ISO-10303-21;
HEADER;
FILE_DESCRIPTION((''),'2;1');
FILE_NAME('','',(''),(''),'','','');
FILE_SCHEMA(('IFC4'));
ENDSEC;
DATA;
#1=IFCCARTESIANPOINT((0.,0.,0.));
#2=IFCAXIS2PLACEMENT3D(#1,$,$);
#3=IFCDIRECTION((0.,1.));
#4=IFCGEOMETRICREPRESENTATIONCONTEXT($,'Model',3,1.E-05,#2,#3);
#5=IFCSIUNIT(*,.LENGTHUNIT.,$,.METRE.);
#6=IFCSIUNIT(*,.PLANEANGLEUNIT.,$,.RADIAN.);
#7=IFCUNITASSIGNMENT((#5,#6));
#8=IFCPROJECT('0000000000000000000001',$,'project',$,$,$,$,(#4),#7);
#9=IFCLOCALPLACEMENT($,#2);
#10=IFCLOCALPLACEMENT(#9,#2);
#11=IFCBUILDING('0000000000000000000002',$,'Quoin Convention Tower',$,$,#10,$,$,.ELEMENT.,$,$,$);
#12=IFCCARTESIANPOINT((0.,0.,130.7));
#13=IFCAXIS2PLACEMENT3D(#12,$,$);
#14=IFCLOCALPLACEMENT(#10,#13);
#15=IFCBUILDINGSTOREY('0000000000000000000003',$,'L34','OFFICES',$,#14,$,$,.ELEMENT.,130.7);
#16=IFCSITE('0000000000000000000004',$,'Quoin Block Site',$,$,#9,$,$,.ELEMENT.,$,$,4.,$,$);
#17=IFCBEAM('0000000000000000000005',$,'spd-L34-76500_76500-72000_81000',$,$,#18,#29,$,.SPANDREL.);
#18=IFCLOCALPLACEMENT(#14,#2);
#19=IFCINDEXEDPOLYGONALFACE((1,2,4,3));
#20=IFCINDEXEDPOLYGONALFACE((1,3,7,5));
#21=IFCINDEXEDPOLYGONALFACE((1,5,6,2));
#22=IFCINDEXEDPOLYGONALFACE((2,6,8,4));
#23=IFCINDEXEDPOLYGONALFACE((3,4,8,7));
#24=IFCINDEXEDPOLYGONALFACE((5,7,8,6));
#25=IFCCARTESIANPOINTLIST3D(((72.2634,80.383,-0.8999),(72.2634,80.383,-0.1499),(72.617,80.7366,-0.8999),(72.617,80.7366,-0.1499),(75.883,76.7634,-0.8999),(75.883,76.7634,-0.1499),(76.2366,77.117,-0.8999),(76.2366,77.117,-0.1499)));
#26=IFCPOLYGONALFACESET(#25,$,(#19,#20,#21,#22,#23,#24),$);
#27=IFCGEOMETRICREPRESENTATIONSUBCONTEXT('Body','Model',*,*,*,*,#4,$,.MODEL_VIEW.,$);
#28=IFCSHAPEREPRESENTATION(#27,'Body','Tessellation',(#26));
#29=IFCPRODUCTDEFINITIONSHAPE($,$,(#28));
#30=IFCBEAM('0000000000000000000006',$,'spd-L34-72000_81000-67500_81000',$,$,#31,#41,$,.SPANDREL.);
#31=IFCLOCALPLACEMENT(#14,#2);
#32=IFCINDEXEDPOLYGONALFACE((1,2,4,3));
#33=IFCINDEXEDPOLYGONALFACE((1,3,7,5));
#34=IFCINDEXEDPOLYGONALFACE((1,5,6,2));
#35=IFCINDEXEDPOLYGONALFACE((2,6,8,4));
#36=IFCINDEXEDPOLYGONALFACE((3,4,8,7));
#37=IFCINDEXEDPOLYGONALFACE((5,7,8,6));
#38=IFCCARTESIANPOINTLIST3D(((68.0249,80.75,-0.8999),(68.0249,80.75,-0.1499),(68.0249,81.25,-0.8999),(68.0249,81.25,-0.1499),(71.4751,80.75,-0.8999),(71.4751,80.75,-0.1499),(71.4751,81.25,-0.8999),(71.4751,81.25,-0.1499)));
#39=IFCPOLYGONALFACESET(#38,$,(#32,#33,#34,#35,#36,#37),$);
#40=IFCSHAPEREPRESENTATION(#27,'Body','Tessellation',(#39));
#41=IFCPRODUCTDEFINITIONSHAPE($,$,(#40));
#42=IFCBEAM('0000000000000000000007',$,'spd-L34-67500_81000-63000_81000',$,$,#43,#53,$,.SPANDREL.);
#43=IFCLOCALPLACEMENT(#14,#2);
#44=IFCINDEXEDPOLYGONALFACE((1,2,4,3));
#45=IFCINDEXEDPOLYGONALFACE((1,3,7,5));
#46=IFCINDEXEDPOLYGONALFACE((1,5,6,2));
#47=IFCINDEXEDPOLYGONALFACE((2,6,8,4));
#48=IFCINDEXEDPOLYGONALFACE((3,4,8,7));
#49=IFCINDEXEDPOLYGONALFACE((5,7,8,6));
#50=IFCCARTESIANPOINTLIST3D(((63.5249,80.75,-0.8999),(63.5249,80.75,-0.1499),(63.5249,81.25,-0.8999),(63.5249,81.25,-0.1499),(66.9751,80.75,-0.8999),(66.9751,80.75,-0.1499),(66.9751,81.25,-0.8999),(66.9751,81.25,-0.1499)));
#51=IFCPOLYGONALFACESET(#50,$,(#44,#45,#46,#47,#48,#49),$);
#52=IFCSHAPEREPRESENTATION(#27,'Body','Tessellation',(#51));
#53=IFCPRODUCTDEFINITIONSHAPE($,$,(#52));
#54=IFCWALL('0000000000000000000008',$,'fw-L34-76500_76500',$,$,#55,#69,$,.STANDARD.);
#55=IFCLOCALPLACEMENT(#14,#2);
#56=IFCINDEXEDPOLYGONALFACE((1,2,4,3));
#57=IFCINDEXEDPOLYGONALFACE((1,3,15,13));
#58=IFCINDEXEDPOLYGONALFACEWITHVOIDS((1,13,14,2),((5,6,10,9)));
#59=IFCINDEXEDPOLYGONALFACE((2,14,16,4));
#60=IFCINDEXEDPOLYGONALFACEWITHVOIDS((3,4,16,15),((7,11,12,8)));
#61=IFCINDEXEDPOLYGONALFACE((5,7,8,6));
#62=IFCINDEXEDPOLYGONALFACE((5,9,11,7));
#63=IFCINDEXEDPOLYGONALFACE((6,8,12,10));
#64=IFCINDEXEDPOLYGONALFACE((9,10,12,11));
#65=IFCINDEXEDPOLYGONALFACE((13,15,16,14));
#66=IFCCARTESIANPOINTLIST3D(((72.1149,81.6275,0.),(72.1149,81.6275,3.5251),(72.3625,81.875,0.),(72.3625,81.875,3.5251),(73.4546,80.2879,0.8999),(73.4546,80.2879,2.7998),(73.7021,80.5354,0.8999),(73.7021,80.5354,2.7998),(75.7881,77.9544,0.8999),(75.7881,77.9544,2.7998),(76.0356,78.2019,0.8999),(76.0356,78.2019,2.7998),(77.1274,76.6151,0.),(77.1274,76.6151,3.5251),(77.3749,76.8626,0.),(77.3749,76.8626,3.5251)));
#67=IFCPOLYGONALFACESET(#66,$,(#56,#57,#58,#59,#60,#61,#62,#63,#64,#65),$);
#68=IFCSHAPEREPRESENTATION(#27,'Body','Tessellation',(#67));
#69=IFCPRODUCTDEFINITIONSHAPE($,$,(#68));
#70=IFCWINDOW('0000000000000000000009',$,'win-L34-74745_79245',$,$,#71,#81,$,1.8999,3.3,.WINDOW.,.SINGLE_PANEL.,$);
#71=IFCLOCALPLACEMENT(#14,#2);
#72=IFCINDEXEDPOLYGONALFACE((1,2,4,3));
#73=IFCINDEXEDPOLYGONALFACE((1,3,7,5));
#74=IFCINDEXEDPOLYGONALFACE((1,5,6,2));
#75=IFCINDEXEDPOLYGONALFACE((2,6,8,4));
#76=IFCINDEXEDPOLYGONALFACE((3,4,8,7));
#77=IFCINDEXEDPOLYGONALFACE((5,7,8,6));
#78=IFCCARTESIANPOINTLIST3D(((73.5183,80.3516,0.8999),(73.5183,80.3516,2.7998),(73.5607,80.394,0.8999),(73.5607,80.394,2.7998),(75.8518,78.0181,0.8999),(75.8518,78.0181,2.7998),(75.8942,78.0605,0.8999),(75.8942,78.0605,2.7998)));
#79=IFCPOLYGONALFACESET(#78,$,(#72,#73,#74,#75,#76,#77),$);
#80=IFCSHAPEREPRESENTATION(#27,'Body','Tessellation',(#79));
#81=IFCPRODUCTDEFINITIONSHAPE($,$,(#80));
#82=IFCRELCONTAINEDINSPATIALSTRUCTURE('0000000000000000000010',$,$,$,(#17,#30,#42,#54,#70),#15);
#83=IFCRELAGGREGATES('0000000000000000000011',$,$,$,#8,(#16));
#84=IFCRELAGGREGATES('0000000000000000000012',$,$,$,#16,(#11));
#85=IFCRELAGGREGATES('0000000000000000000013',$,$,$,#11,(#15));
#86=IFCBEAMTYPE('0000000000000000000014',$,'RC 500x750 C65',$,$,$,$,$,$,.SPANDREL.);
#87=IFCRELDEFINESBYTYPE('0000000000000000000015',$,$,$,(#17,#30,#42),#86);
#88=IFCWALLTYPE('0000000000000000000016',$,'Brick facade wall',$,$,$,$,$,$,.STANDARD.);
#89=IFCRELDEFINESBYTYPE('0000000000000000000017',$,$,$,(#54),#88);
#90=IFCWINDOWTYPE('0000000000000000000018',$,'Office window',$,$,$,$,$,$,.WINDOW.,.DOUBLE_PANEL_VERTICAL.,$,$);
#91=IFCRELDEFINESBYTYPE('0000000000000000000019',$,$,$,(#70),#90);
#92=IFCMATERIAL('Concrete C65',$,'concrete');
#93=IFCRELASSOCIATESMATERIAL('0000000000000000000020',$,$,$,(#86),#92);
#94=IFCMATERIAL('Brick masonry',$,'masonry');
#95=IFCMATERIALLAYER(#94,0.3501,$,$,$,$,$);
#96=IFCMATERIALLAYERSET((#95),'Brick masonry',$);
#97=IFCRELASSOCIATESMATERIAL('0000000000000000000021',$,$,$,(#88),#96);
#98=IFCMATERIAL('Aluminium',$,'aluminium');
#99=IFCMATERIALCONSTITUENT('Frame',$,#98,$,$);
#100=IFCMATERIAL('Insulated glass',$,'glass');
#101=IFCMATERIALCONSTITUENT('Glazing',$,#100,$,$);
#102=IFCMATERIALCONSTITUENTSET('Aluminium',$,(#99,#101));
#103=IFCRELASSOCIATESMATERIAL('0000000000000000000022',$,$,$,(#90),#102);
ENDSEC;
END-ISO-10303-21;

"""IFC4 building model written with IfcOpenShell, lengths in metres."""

from ifc_helpers import new_model, si_unit, direction, frame, frame_2d, origin, origin_2d, place, context, subcontext, project, spatial, rectangle, extrude, material, layer, layer_set, constituent, constituent_set, material_profile, profile_set, type_object, element, fill, save


model = new_model("IFC4")

# Units and contexts
model_context = context("Model", 3, precision=1e-05, world=origin(), true_north=direction((0.0, 1.0)))
body_context = subcontext(model_context, "Body", "Model", "MODEL_VIEW")
ifc_project = project(units=[si_unit("LENGTHUNIT", "METRE"), si_unit("PLANEANGLEUNIT", "RADIAN")], contexts=[model_context])

# Site, building, storey
site_placement = place(None, origin())
site = spatial("IfcSite", under=ifc_project, at=site_placement, Name="Quoin Block Site", CompositionType="ELEMENT", RefElevation=4.0)
building_placement = place(site_placement, origin())
building = spatial("IfcBuilding", under=site, at=building_placement, Name="Quoin Convention Tower", CompositionType="ELEMENT")
storey_placement = place(building_placement, frame((0.0, 0.0, 130.7)))
storey = spatial("IfcBuildingStorey", under=building, at=storey_placement, Name="L34", Description="OFFICES", CompositionType="ELEMENT", Elevation=130.7)

# Shared definitions
ifc_material_1 = material(Name="Concrete C65", Category="concrete")

# Beams
ifc_material_profile_1 = material_profile(ifc_material_1, rectangle(XDim=0.5, YDim=0.75, at=origin_2d()), Name="RC 500x750")
ifc_profile_set_1 = profile_set([ifc_material_profile_1], Name="Concrete C65")
beam_type_1 = type_object("IfcBeamType", Name="RC 500x750 C65", PredefinedType="SPANDREL", material=ifc_profile_set_1)
beam_1_placement = place(storey_placement, frame((76.0598, 76.9402, -0.5249), z_axis=(-0.707107, 0.707107, 0.0), x_axis=(-0.707107, -0.707107, 0.0)))
element("IfcBeam", 1, at=beam_1_placement, inside=storey, type_object=beam_type_1, Name="spd-L34-76500_76500-72000_81000", PredefinedType="SPANDREL", context=body_context, shape_type="SweptSolid", body=[
    extrude(rectangle(XDim=0.5, YDim=0.75, at=origin_2d()), origin(), (0.0, 0.0, 1.0), 5.1189),
])
for number, where, z_axis, x_axis, name in (
    (2, (71.4751, 81.0, -0.5249), (-1.0, 0.0, 0.0), (0.0, -1.0, 0.0), "spd-L34-72000_81000-67500_81000"),
    (3, (66.9751, 81.0, -0.5249), (-1.0, 0.0, 0.0), (0.0, -1.0, 0.0), "spd-L34-67500_81000-63000_81000"),
):
    element("IfcBeam", number, at=place(storey_placement, frame(where, z_axis=z_axis, x_axis=x_axis)), inside=storey, type_object=beam_type_1, Name=name, PredefinedType="SPANDREL", context=body_context, shape_type="SweptSolid", body=[
        extrude(rectangle(XDim=0.5, YDim=0.75, at=origin_2d()), origin(), (0.0, 0.0, 1.0), 3.4502),
    ])

# Wall, opening, window
ifc_material_2 = material(Name="Brick masonry", Category="masonry")
ifc_layer_1 = layer(ifc_material_2, 0.3501)
ifc_layer_set_1 = layer_set([ifc_layer_1], Name="Brick masonry")
wall_type_1 = type_object("IfcWallType", Name="Brick facade wall", PredefinedType="STANDARD", material=ifc_layer_set_1)
wall_1_placement = place(storey_placement, frame((77.2512, 76.7388, 0.0), z_axis=(0.0, 0.0, 1.0), x_axis=(-0.707107, 0.707107, 0.0)))
wall_1 = element("IfcWall", 4, at=wall_1_placement, inside=storey, type_object=wall_type_1, Name="fw-L34-76500_76500", PredefinedType="STANDARD", context=body_context, shape_type="SweptSolid", body=[
    extrude(rectangle(XDim=7.0886, YDim=0.3501, at=frame_2d((3.5444, 0.0))), origin(), (0.0, 0.0, 1.0), 3.5251),
])
opening_1_placement = place(wall_1_placement, frame((1.8943, 0.0, 0.8999)))
opening_1 = element("IfcOpeningElement", 5, at=opening_1_placement, cuts=wall_1, PredefinedType="OPENING", context=body_context, shape_type="SweptSolid", body=[
    extrude(rectangle(XDim=3.3, YDim=1.8999, at=frame_2d((1.6499, 0.95))), frame((0.0, 0.1851, 0.0), z_axis=(0.0, -1.0, 0.0), x_axis=(1.0, 0.0, 0.0)), (0.0, 0.0, 1.0), 0.3701),
])
ifc_material_3 = material(Name="Aluminium", Category="aluminium")
ifc_constituent_1 = constituent(ifc_material_3, Name="Frame")
ifc_material_4 = material(Name="Insulated glass", Category="glass")
ifc_constituent_2 = constituent(ifc_material_4, Name="Glazing")
ifc_constituent_set = constituent_set(constituents=[ifc_constituent_1, ifc_constituent_2], Name="Aluminium")
window_type = type_object("IfcWindowType", Name="Office window", PartitioningType="DOUBLE_PANEL_VERTICAL", PredefinedType="WINDOW", material=ifc_constituent_set)
window_1_placement = place(opening_1_placement, origin())
window_1 = element("IfcWindow", 6, at=window_1_placement, inside=storey, type_object=window_type, Name="win-L34-74745_79245", OverallHeight=1.8999, OverallWidth=3.3, PartitioningType="SINGLE_PANEL", PredefinedType="WINDOW", context=body_context, shape_type="SweptSolid", body=[
    extrude(rectangle(XDim=3.3, YDim=1.8999, at=frame_2d((1.6499, 0.95))), frame((0.0, 0.085, 0.0), z_axis=(0.0, -1.0, 0.0), x_axis=(1.0, 0.0, 0.0)), (0.0, 0.0, 1.0), 0.0601),
])
fill(opening_1, window_1)

save(model, "model.ifc")
